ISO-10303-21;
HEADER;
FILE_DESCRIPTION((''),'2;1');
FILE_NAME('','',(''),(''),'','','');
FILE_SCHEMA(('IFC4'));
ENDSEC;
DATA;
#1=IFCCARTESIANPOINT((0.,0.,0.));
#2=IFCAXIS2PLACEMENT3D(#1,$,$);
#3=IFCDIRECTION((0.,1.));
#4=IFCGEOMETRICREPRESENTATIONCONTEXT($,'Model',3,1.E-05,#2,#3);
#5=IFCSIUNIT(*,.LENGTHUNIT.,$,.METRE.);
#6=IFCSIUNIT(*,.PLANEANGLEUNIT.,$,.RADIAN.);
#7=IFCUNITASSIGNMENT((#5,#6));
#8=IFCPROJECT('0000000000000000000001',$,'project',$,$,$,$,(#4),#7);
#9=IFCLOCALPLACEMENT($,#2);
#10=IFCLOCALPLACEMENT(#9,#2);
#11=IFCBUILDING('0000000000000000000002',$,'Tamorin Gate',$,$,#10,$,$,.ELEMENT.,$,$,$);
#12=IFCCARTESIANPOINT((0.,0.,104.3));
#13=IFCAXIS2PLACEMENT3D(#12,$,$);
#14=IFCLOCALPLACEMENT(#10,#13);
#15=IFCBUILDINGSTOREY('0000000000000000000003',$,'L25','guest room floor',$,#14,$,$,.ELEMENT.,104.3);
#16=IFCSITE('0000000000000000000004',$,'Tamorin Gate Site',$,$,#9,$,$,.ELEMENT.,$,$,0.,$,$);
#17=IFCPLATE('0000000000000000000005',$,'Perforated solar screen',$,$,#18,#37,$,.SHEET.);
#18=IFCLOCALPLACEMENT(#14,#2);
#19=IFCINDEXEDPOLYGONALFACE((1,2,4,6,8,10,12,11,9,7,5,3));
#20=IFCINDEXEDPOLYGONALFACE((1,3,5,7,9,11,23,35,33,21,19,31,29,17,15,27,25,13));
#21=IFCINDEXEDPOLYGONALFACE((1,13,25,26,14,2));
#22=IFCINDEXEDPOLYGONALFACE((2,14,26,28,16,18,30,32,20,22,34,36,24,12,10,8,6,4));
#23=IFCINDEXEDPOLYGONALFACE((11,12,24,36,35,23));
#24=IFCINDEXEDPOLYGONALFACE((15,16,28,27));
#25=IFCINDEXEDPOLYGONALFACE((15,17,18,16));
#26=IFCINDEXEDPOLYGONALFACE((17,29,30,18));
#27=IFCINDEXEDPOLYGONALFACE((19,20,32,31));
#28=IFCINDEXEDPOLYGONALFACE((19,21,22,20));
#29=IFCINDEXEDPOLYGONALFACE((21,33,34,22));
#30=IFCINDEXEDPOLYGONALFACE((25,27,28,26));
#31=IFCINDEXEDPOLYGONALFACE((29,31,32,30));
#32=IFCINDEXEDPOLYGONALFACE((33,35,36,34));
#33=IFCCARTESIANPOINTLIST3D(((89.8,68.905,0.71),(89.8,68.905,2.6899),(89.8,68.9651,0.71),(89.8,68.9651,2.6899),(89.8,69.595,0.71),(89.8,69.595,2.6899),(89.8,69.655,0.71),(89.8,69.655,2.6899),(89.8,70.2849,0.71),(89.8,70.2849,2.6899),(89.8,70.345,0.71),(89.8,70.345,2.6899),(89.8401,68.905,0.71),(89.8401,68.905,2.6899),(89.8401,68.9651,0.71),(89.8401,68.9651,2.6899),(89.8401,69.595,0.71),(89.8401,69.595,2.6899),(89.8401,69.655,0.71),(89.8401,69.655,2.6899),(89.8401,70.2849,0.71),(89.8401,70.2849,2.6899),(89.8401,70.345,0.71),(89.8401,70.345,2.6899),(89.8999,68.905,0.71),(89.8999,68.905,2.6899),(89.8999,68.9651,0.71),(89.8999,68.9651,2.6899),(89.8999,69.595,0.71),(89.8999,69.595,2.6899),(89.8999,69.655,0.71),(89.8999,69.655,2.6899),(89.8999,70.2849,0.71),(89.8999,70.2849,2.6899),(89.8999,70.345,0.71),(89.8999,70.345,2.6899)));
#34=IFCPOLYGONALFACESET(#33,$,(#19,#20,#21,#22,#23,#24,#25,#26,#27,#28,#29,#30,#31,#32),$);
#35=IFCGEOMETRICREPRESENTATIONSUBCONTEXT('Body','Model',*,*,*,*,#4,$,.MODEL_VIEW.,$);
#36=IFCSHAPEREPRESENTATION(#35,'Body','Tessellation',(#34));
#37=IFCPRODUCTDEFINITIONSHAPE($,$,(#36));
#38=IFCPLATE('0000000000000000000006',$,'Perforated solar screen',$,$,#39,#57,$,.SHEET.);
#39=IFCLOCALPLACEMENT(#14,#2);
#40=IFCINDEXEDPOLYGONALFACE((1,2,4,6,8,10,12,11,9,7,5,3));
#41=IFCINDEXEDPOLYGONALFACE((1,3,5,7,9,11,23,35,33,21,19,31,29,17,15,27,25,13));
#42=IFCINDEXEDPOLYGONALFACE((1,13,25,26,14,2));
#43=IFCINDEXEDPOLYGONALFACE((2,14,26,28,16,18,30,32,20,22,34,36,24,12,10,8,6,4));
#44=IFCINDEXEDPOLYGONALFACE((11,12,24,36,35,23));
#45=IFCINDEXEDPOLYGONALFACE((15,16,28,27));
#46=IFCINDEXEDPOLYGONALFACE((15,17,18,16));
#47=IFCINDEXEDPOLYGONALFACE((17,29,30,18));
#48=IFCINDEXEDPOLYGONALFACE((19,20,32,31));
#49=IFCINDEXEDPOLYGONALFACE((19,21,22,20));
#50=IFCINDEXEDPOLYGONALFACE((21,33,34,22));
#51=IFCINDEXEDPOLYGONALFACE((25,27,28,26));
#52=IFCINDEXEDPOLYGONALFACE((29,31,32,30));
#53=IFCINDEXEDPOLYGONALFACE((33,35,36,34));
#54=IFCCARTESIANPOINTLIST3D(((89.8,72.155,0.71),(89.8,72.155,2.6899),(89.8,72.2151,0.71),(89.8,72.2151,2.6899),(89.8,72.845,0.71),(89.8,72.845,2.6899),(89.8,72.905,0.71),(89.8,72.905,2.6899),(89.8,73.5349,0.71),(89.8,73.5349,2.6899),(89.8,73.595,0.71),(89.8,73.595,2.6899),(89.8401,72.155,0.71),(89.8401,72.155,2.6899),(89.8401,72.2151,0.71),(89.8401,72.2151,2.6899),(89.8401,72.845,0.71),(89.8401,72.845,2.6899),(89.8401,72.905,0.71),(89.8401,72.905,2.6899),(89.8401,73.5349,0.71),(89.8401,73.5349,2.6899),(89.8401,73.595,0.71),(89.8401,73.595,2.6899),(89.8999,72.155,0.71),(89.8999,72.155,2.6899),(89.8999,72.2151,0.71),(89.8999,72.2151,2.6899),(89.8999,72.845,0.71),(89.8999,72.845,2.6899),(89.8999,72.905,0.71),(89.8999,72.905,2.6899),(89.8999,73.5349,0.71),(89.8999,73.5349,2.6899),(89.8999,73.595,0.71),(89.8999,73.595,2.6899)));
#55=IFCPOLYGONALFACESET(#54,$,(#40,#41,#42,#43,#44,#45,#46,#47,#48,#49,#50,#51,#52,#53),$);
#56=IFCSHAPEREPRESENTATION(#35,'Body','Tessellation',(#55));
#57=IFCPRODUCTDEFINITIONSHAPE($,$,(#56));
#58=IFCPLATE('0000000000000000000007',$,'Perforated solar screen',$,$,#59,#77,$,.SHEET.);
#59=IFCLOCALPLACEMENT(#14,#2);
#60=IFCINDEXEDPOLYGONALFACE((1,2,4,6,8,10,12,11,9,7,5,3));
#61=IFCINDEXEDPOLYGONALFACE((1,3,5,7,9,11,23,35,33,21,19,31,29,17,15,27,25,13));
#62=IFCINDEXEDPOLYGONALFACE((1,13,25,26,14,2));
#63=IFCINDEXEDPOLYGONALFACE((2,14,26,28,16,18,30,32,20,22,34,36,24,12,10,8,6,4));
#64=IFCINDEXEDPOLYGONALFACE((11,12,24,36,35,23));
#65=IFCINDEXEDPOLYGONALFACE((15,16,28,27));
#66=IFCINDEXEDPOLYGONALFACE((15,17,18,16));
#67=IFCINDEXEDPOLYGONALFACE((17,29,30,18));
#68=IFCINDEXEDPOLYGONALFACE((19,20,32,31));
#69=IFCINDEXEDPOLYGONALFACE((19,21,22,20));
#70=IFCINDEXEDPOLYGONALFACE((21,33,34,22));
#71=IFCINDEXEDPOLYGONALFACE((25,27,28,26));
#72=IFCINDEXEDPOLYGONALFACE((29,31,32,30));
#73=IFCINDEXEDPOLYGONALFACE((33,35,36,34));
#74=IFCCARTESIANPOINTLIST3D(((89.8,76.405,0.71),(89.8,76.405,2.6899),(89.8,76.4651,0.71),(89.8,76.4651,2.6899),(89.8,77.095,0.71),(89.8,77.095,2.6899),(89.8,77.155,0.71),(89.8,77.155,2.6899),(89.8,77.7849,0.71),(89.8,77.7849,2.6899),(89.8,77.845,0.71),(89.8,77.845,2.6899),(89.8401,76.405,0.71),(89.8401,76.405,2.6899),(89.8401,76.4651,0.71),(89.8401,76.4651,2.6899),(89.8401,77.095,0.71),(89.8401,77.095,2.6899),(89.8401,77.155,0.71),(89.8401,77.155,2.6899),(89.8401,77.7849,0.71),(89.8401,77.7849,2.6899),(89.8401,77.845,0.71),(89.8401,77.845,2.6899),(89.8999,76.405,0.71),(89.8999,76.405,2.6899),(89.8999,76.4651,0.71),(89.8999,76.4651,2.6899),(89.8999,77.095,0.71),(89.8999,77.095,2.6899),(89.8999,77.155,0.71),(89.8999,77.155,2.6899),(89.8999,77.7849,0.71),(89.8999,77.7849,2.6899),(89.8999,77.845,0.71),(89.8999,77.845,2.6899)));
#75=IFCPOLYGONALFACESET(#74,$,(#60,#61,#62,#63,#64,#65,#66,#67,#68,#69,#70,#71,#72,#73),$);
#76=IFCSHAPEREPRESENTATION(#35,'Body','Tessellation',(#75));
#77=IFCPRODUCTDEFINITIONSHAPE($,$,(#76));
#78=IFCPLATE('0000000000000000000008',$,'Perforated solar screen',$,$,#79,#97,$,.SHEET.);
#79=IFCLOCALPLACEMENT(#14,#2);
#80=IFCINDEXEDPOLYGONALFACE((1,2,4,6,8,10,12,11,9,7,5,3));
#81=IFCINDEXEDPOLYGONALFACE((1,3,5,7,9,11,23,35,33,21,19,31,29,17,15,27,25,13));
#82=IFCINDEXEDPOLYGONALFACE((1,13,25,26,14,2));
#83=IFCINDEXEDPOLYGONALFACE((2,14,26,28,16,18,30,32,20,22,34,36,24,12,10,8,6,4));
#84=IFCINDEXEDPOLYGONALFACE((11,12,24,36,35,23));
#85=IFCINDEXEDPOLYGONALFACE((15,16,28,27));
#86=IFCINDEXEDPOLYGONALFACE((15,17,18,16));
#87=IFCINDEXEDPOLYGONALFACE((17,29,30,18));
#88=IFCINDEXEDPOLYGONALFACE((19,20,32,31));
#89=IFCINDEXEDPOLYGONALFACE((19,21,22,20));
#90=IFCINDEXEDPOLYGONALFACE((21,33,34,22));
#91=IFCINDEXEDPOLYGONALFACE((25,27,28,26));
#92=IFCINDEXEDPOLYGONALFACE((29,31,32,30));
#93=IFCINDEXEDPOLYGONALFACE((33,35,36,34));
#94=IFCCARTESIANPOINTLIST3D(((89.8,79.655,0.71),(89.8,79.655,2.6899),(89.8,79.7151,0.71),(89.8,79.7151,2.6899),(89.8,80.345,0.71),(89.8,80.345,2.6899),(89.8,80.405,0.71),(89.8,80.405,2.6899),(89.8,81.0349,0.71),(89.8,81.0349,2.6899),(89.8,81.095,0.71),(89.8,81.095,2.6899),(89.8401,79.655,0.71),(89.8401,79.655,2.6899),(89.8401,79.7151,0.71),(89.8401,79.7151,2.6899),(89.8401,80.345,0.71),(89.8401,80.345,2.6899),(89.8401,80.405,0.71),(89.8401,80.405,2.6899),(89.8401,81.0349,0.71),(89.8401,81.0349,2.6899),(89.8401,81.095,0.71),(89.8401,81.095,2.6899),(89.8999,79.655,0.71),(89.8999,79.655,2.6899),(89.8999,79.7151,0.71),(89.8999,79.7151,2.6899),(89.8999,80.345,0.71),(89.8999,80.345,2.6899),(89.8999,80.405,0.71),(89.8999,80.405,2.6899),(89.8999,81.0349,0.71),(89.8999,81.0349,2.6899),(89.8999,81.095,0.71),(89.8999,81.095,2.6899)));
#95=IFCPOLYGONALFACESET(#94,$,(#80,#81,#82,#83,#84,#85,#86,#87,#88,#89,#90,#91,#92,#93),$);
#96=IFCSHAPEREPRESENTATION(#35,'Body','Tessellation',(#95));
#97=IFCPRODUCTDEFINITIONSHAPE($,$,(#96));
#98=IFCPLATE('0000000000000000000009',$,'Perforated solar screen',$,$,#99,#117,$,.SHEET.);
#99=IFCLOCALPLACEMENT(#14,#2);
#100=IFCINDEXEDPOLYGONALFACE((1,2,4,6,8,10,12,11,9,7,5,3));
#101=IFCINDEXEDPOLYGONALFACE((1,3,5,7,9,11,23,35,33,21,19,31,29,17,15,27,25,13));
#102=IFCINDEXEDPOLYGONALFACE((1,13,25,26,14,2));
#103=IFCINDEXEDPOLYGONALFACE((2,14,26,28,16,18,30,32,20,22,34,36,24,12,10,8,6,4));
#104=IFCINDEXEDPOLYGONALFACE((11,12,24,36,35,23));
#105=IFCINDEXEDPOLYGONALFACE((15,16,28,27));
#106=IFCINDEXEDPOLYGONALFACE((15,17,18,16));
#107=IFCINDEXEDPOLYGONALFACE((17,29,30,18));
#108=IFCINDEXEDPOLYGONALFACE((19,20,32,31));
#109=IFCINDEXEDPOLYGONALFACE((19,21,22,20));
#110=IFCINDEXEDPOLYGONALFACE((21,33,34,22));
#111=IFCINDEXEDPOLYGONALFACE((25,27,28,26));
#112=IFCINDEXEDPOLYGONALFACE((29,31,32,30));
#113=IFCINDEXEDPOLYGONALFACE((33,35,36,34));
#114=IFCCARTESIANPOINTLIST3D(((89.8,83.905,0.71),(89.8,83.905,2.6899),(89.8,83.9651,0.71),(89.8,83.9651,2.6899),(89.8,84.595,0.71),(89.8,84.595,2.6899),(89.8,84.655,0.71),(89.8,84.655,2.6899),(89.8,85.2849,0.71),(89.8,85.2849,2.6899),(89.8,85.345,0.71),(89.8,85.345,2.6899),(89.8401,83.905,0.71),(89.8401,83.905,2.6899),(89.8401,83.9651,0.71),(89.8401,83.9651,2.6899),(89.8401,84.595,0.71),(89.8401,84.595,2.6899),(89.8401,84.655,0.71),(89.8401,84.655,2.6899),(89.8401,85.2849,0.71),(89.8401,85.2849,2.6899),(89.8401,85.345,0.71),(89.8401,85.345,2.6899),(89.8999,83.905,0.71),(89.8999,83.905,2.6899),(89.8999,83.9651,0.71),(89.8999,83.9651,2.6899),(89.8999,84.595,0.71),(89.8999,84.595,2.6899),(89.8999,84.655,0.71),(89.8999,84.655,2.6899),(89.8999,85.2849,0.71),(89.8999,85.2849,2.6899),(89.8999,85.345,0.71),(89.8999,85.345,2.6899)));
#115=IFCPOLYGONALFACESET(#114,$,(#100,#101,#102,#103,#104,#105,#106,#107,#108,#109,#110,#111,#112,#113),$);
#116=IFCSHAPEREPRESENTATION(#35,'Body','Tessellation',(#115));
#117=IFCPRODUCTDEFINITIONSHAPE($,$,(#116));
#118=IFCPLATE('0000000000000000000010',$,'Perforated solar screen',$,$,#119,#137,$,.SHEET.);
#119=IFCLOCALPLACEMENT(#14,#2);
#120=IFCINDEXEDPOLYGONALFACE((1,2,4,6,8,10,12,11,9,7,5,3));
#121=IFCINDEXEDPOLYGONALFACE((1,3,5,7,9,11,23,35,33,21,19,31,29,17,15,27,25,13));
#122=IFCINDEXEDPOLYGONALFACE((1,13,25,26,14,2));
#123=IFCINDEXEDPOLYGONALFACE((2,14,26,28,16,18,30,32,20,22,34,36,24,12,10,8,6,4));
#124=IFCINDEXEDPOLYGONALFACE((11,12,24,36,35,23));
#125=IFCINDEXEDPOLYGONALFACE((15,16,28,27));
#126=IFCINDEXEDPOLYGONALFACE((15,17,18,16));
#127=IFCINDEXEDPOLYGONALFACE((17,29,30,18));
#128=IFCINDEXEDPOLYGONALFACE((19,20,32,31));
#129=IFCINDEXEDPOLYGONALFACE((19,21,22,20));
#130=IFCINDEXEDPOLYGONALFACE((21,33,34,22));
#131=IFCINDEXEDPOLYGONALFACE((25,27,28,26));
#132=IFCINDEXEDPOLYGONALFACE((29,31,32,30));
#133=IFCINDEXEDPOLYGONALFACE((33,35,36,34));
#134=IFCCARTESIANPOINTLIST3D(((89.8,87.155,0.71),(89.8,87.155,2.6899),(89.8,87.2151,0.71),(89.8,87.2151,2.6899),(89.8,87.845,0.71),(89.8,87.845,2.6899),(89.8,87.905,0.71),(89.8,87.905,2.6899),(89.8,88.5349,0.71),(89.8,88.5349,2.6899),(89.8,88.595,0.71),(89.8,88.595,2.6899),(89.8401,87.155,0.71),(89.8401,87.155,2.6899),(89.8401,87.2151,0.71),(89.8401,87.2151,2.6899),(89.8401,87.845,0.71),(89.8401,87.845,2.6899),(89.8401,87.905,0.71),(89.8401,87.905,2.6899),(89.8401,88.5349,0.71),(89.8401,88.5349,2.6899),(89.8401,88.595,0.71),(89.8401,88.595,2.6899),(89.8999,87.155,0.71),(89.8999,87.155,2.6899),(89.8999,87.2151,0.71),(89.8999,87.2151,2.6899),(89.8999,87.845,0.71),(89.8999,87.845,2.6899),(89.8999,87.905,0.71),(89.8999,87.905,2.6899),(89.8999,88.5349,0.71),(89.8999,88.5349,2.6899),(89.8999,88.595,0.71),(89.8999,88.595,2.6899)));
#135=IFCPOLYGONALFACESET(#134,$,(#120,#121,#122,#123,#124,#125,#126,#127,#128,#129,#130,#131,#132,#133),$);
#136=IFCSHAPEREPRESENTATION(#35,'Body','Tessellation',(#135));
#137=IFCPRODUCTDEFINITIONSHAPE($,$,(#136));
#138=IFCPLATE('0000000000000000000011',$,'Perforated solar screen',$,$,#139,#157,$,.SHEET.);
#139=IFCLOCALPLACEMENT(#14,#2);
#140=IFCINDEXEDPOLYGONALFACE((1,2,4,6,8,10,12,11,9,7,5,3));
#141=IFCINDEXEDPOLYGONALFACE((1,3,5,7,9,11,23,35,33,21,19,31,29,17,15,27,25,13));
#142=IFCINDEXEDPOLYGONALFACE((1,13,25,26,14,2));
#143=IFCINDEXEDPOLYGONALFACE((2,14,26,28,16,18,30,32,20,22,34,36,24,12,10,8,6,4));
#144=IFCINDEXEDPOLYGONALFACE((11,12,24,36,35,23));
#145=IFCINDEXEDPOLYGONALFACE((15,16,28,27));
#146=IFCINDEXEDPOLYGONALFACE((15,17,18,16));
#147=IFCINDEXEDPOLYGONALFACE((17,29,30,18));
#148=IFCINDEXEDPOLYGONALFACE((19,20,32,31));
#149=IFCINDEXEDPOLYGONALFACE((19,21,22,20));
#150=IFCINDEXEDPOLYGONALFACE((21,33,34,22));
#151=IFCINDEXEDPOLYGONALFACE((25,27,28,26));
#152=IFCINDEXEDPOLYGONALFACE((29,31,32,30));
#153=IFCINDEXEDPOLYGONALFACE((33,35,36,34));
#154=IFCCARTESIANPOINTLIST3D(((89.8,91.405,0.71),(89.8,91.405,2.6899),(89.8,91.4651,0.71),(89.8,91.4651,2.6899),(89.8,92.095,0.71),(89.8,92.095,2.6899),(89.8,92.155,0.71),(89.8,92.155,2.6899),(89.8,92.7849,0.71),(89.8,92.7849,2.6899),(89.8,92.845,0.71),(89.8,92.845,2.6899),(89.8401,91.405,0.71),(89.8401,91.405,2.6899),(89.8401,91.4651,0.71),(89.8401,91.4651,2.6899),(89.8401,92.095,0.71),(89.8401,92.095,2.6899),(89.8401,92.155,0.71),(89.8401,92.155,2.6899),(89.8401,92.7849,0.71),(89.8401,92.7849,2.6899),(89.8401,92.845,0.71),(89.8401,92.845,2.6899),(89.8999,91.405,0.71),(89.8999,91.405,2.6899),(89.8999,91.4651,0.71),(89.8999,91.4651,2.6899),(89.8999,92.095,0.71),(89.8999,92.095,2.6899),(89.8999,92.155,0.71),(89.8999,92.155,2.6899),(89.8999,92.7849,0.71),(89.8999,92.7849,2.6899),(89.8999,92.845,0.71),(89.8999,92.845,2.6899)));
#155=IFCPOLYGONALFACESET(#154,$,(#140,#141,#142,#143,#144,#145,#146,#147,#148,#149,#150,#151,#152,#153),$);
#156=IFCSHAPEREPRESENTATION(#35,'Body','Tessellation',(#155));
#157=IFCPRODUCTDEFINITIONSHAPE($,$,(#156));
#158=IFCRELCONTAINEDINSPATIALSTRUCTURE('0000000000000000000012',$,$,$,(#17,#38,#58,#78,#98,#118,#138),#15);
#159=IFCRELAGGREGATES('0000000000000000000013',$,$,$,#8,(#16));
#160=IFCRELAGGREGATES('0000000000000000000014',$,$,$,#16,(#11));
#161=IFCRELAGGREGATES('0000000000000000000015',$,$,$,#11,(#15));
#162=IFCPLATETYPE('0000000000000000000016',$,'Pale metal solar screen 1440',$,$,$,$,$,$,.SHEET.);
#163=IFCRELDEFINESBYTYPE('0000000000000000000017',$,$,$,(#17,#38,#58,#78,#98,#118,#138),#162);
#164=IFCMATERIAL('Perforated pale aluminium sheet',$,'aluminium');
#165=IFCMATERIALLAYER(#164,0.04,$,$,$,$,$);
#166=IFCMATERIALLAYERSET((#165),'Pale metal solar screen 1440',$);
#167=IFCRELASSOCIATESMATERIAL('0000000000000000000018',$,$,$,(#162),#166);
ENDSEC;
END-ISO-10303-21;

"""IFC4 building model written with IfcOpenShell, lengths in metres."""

from ifc_helpers import new_model, si_unit, direction, frame, origin, place, context, subcontext, project, spatial, polyline, outline, extrude, material, layer, layer_set, type_object, element, save


model = new_model("IFC4")

# Units and contexts
model_context = context("Model", 3, precision=1e-05, world=origin(), true_north=direction((0.0, 1.0)))
body_context = subcontext(model_context, "Body", "Model", "MODEL_VIEW")
ifc_project = project(units=[si_unit("LENGTHUNIT", "METRE"), si_unit("PLANEANGLEUNIT", "RADIAN")], contexts=[model_context])

# Site, building, storey
site_placement = place(None, origin())
site = spatial("IfcSite", under=ifc_project, at=site_placement, Name="Tamorin Gate Site", CompositionType="ELEMENT", RefElevation=0.0)
building_placement = place(site_placement, origin())
building = spatial("IfcBuilding", under=site, at=building_placement, Name="Tamorin Gate", CompositionType="ELEMENT")
storey_placement = place(building_placement, frame((0.0, 0.0, 104.3)))
storey = spatial("IfcBuildingStorey", under=building, at=storey_placement, Name="L25", Description="guest room floor", CompositionType="ELEMENT", Elevation=104.3)

# Plates
ifc_material = material(Name="Perforated pale aluminium sheet", Category="aluminium")
ifc_layer = layer(ifc_material, 0.04)
ifc_layer_set = layer_set([ifc_layer], Name="Pale metal solar screen 1440")
plate_type = type_object("IfcPlateType", Name="Pale metal solar screen 1440", PredefinedType="SHEET", material=ifc_layer_set)
plate_1_placement = place(storey_placement, frame((0.0, 0.0, 0.71)))
element("IfcPlate", 1, at=plate_1_placement, inside=storey, type_object=plate_type, Name="Perforated solar screen", PredefinedType="SHEET", context=body_context, shape_type="SweptSolid", body=[
    extrude(outline(polyline([(89.8401, 68.905), (89.8, 68.905), (89.8, 68.9651), (89.8, 69.595), (89.8, 69.655), (89.8, 70.2849), (89.8, 70.345), (89.8401, 70.345), (89.8999, 70.345), (89.8999, 70.2849), (89.8401, 70.2849), (89.8401, 69.655), (89.8999, 69.655), (89.8999, 69.595), (89.8401, 69.595), (89.8401, 68.9651), (89.8999, 68.9651), (89.8999, 68.905), (89.8401, 68.905)])), origin(), (0.0, 0.0, 1.0), 1.98),
])
plate_2_placement = place(storey_placement, frame((0.0, 0.0, 0.71)))
element("IfcPlate", 2, at=plate_2_placement, inside=storey, type_object=plate_type, Name="Perforated solar screen", PredefinedType="SHEET", context=body_context, shape_type="SweptSolid", body=[
    extrude(outline(polyline([(89.8401, 72.155), (89.8, 72.155), (89.8, 72.2151), (89.8, 72.845), (89.8, 72.905), (89.8, 73.5349), (89.8, 73.595), (89.8401, 73.595), (89.8999, 73.595), (89.8999, 73.5349), (89.8401, 73.5349), (89.8401, 72.905), (89.8999, 72.905), (89.8999, 72.845), (89.8401, 72.845), (89.8401, 72.2151), (89.8999, 72.2151), (89.8999, 72.155), (89.8401, 72.155)])), origin(), (0.0, 0.0, 1.0), 1.98),
])
plate_3_placement = place(storey_placement, frame((0.0, 0.0, 0.71)))
element("IfcPlate", 3, at=plate_3_placement, inside=storey, type_object=plate_type, Name="Perforated solar screen", PredefinedType="SHEET", context=body_context, shape_type="SweptSolid", body=[
    extrude(outline(polyline([(89.8401, 76.405), (89.8, 76.405), (89.8, 76.4651), (89.8, 77.095), (89.8, 77.155), (89.8, 77.7849), (89.8, 77.845), (89.8401, 77.845), (89.8999, 77.845), (89.8999, 77.7849), (89.8401, 77.7849), (89.8401, 77.155), (89.8999, 77.155), (89.8999, 77.095), (89.8401, 77.095), (89.8401, 76.4651), (89.8999, 76.4651), (89.8999, 76.405), (89.8401, 76.405)])), origin(), (0.0, 0.0, 1.0), 1.98),
])
plate_4_placement = place(storey_placement, frame((0.0, 0.0, 0.71)))
element("IfcPlate", 4, at=plate_4_placement, inside=storey, type_object=plate_type, Name="Perforated solar screen", PredefinedType="SHEET", context=body_context, shape_type="SweptSolid", body=[
    extrude(outline(polyline([(89.8401, 79.655), (89.8, 79.655), (89.8, 79.7151), (89.8, 80.345), (89.8, 80.405), (89.8, 81.0349), (89.8, 81.095), (89.8401, 81.095), (89.8999, 81.095), (89.8999, 81.0349), (89.8401, 81.0349), (89.8401, 80.405), (89.8999, 80.405), (89.8999, 80.345), (89.8401, 80.345), (89.8401, 79.7151), (89.8999, 79.7151), (89.8999, 79.655), (89.8401, 79.655)])), origin(), (0.0, 0.0, 1.0), 1.98),
])
plate_5_placement = place(storey_placement, frame((0.0, 0.0, 0.71)))
element("IfcPlate", 5, at=plate_5_placement, inside=storey, type_object=plate_type, Name="Perforated solar screen", PredefinedType="SHEET", context=body_context, shape_type="SweptSolid", body=[
    extrude(outline(polyline([(89.8401, 83.905), (89.8, 83.905), (89.8, 83.9651), (89.8, 84.595), (89.8, 84.655), (89.8, 85.2849), (89.8, 85.345), (89.8401, 85.345), (89.8999, 85.345), (89.8999, 85.2849), (89.8401, 85.2849), (89.8401, 84.655), (89.8999, 84.655), (89.8999, 84.595), (89.8401, 84.595), (89.8401, 83.9651), (89.8999, 83.9651), (89.8999, 83.905), (89.8401, 83.905)])), origin(), (0.0, 0.0, 1.0), 1.98),
])
plate_6_placement = place(storey_placement, frame((0.0, 0.0, 0.71)))
element("IfcPlate", 6, at=plate_6_placement, inside=storey, type_object=plate_type, Name="Perforated solar screen", PredefinedType="SHEET", context=body_context, shape_type="SweptSolid", body=[
    extrude(outline(polyline([(89.8401, 87.155), (89.8, 87.155), (89.8, 87.2151), (89.8, 87.845), (89.8, 87.905), (89.8, 88.5349), (89.8, 88.595), (89.8401, 88.595), (89.8999, 88.595), (89.8999, 88.5349), (89.8401, 88.5349), (89.8401, 87.905), (89.8999, 87.905), (89.8999, 87.845), (89.8401, 87.845), (89.8401, 87.2151), (89.8999, 87.2151), (89.8999, 87.155), (89.8401, 87.155)])), origin(), (0.0, 0.0, 1.0), 1.98),
])
plate_7_placement = place(storey_placement, frame((0.0, 0.0, 0.71)))
element("IfcPlate", 7, at=plate_7_placement, inside=storey, type_object=plate_type, Name="Perforated solar screen", PredefinedType="SHEET", context=body_context, shape_type="SweptSolid", body=[
    extrude(outline(polyline([(89.8401, 91.405), (89.8, 91.405), (89.8, 91.4651), (89.8, 92.095), (89.8, 92.155), (89.8, 92.7849), (89.8, 92.845), (89.8401, 92.845), (89.8999, 92.845), (89.8999, 92.7849), (89.8401, 92.7849), (89.8401, 92.155), (89.8999, 92.155), (89.8999, 92.095), (89.8401, 92.095), (89.8401, 91.4651), (89.8999, 91.4651), (89.8999, 91.405), (89.8401, 91.405)])), origin(), (0.0, 0.0, 1.0), 1.98),
])

save(model, "model.ifc")
